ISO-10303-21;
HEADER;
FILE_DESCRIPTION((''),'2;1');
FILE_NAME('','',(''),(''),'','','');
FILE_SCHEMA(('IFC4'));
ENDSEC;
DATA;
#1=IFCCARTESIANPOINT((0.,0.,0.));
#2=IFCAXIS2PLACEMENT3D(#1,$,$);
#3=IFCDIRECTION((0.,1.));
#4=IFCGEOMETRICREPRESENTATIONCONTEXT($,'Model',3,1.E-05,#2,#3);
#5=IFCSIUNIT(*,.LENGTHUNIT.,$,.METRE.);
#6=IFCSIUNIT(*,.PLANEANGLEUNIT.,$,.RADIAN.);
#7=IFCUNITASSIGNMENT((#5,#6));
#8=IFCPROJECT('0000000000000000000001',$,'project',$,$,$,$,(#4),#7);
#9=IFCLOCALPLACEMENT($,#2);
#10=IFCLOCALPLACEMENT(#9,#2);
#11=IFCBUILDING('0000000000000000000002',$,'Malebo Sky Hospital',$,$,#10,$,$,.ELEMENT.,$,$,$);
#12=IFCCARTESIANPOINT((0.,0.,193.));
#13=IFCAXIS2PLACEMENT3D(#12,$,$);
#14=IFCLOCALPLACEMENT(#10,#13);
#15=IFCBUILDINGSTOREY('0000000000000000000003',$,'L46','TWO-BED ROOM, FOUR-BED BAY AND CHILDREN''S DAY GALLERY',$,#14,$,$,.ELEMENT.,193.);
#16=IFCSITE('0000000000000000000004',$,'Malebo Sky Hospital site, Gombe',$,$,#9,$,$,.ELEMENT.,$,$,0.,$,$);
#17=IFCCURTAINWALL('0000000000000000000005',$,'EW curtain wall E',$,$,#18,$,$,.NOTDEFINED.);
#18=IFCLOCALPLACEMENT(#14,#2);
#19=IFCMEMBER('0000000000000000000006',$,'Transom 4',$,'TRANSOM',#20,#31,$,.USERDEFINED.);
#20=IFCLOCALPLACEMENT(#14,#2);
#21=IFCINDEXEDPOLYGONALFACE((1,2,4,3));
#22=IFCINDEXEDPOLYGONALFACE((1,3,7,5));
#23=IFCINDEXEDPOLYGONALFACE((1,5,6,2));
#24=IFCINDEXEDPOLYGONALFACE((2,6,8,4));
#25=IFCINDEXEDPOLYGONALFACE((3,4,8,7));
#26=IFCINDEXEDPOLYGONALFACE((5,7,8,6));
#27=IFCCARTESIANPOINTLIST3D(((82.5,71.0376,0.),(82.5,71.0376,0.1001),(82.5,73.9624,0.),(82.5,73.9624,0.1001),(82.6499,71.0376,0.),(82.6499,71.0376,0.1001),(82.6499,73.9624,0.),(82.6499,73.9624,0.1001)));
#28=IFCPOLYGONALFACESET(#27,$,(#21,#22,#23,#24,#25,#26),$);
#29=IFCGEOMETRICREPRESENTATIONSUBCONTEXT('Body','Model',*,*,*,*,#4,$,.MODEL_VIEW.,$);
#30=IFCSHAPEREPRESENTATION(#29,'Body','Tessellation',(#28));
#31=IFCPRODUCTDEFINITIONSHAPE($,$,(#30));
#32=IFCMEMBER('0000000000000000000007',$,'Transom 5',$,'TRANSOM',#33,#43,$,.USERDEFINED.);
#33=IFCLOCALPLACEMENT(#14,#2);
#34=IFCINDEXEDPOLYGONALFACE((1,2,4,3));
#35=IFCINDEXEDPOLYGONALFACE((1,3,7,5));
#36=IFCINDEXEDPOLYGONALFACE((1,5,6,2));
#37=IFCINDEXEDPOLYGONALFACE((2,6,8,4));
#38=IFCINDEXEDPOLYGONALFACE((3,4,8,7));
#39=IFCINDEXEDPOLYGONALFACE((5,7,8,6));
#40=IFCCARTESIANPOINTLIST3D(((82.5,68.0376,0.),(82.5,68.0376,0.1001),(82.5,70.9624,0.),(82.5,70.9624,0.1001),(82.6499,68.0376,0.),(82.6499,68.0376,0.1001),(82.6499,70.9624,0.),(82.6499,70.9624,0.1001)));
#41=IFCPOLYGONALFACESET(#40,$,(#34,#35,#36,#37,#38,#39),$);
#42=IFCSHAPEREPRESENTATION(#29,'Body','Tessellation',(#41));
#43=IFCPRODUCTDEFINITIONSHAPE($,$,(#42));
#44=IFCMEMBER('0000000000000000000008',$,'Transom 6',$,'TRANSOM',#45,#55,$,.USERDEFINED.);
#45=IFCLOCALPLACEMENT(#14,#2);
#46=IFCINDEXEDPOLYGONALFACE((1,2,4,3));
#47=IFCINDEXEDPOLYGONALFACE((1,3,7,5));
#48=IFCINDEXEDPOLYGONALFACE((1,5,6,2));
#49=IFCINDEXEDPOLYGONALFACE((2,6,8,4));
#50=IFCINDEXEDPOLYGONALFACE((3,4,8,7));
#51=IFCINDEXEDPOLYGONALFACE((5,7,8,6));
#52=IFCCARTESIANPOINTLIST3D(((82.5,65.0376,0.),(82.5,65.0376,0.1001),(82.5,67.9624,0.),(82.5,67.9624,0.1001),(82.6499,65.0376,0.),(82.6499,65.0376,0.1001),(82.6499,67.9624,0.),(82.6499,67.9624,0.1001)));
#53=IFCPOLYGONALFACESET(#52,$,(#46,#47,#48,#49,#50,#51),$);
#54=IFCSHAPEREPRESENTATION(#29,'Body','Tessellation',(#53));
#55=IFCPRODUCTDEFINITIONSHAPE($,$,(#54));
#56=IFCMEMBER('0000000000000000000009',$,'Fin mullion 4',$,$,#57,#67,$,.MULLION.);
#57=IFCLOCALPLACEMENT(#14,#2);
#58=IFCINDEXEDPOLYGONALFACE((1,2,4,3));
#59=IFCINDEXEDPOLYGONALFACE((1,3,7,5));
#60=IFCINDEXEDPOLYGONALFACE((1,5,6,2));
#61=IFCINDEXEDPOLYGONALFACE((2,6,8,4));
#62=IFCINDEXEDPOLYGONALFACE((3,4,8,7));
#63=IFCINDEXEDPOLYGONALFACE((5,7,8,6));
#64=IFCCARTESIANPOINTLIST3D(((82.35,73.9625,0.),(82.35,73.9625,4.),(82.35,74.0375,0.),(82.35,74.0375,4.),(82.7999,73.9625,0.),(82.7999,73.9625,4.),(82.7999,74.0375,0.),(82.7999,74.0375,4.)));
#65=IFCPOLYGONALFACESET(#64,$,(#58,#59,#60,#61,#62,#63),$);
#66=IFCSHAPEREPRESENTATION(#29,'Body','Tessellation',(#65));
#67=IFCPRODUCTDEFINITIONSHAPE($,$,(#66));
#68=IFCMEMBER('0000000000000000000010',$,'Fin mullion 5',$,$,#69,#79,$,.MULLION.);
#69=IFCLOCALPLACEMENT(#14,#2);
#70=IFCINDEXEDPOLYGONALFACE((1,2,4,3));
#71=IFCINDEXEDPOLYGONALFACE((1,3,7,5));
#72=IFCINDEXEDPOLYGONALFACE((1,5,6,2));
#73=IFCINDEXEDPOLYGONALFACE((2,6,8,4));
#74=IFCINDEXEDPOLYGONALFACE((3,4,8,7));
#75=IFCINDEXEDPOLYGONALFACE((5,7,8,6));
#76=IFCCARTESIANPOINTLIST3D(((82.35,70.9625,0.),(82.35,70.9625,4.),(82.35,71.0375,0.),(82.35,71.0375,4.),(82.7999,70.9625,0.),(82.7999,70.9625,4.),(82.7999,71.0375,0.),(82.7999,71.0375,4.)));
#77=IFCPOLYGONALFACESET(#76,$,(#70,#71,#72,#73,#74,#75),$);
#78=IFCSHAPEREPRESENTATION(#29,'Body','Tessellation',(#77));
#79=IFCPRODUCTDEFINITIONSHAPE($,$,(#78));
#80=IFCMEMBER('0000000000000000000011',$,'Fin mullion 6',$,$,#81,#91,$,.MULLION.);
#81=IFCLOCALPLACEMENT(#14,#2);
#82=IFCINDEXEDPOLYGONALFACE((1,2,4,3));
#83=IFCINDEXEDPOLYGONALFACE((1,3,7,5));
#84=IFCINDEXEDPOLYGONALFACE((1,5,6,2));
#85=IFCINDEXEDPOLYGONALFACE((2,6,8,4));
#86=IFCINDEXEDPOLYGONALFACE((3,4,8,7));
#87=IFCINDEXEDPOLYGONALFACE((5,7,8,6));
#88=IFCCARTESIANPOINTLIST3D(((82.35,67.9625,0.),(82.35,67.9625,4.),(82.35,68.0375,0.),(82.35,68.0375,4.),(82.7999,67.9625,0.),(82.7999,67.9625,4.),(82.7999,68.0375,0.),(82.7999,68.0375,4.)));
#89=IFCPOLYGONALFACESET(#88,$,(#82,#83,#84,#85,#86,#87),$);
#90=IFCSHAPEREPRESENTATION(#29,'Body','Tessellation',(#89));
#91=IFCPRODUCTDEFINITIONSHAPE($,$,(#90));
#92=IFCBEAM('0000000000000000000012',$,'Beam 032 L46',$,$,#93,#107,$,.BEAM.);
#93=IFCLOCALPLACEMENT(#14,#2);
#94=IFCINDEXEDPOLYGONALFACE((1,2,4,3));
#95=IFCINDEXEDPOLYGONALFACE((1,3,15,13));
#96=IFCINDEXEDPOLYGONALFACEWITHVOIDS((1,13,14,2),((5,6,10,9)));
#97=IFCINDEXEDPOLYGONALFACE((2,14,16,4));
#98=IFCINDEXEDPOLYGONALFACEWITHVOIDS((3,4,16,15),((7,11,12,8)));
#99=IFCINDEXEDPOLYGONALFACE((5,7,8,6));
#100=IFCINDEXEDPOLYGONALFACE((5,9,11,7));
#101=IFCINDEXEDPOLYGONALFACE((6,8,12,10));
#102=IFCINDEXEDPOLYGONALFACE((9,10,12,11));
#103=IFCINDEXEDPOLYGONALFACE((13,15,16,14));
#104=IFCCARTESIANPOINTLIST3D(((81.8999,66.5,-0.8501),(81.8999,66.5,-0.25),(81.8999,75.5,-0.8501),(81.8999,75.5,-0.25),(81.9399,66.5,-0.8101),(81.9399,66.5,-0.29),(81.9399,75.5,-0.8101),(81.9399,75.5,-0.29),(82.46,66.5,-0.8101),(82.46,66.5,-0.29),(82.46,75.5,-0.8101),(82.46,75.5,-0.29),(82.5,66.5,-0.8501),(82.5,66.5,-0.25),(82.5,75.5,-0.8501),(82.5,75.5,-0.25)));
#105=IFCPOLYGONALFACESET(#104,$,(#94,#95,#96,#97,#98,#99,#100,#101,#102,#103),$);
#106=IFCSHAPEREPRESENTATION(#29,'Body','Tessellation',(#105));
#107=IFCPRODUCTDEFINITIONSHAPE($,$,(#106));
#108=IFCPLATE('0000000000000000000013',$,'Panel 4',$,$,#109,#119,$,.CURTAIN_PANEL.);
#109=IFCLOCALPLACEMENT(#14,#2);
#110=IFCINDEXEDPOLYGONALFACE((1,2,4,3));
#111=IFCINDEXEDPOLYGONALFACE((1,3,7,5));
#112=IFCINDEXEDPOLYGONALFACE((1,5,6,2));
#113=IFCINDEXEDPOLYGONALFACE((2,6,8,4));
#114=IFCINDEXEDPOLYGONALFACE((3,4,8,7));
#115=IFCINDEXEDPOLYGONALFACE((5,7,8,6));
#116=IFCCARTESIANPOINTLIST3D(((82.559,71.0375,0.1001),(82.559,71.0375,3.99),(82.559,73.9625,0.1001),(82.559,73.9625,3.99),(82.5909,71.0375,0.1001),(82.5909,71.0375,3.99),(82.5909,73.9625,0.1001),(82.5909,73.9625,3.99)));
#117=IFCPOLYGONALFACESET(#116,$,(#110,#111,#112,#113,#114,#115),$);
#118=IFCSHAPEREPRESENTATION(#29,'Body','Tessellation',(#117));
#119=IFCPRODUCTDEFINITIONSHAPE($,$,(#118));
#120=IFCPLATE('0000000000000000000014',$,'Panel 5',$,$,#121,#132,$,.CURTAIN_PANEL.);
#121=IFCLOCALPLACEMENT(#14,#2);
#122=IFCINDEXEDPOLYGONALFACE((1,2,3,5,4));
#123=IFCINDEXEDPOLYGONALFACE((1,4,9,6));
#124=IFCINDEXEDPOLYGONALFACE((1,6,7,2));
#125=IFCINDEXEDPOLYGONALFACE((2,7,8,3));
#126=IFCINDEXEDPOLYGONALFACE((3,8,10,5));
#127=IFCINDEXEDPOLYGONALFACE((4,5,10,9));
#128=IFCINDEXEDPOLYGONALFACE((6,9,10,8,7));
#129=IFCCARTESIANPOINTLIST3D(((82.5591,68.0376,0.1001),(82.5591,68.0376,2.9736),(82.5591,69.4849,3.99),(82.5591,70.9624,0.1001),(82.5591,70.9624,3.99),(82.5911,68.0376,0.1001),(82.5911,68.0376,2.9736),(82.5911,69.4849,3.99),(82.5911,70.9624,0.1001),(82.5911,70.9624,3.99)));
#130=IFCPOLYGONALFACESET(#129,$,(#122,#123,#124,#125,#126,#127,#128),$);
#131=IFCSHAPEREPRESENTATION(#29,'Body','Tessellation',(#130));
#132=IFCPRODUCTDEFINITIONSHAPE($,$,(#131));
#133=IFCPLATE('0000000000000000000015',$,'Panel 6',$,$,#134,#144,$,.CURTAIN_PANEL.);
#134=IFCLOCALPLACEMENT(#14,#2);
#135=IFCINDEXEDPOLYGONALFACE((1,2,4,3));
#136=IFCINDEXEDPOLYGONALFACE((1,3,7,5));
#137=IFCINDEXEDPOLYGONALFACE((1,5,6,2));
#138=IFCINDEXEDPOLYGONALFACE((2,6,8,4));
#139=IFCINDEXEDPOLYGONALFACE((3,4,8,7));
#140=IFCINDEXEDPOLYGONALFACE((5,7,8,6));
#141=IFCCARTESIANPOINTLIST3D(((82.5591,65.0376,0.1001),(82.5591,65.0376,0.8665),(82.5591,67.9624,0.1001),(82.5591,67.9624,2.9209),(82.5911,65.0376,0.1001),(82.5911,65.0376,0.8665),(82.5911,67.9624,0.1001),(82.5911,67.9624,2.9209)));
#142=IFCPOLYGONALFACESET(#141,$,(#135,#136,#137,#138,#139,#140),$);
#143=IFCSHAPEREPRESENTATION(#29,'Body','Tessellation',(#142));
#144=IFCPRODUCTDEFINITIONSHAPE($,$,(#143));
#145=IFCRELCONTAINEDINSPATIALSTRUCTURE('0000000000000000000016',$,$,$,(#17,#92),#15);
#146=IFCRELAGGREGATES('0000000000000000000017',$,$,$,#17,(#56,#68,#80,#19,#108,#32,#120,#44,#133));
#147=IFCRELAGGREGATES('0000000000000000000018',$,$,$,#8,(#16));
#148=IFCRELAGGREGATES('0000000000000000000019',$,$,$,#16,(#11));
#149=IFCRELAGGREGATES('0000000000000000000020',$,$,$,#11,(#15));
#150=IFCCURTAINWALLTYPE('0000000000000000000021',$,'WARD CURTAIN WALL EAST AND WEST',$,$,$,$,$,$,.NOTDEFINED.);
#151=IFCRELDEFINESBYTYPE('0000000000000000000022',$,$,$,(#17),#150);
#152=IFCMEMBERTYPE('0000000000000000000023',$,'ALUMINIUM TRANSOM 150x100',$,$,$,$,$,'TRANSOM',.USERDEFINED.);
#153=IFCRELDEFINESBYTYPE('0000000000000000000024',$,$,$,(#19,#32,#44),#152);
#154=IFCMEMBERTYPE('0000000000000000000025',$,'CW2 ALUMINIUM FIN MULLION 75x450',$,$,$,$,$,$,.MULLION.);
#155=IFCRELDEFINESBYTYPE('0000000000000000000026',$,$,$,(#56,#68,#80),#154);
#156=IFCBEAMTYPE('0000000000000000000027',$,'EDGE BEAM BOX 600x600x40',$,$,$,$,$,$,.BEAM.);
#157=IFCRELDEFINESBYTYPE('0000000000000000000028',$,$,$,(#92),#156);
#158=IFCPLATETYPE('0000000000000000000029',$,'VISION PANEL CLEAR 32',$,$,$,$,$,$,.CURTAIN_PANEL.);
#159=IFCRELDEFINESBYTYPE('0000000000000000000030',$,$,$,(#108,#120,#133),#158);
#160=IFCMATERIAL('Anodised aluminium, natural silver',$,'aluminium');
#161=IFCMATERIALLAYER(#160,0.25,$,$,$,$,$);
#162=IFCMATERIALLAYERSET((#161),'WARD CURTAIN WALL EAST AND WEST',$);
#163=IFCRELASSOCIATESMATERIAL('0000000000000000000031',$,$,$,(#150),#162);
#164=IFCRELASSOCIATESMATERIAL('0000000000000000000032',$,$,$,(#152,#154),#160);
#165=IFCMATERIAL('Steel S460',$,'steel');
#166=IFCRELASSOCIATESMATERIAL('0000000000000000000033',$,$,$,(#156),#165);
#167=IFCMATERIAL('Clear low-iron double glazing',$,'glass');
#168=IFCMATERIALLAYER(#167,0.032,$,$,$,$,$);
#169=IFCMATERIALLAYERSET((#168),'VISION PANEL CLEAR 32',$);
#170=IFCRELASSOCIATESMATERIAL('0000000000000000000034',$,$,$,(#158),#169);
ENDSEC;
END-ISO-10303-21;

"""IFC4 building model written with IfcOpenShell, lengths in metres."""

from ifc_helpers import new_model, si_unit, direction, frame, origin, origin_2d, place, context, subcontext, project, spatial, polyline, rectangle, hollow_rectangle, outline, extrude, material, layer, layer_set, material_profile, profile_set, type_object, element, aggregate, save


model = new_model("IFC4")

# Units and contexts
model_context = context("Model", 3, precision=1e-05, world=origin(), true_north=direction((0.0, 1.0)))
body_context = subcontext(model_context, "Body", "Model", "MODEL_VIEW")
ifc_project = project(units=[si_unit("LENGTHUNIT", "METRE"), si_unit("PLANEANGLEUNIT", "RADIAN")], contexts=[model_context])

# Site, building, storey
site_placement = place(None, origin())
site = spatial("IfcSite", under=ifc_project, at=site_placement, Name="Malebo Sky Hospital site, Gombe", CompositionType="ELEMENT", RefElevation=0.0)
building_placement = place(site_placement, origin())
building = spatial("IfcBuilding", under=site, at=building_placement, Name="Malebo Sky Hospital", CompositionType="ELEMENT")
storey_placement = place(building_placement, frame((0.0, 0.0, 193.0)))
storey = spatial("IfcBuildingStorey", under=building, at=storey_placement, Name="L46", Description="TWO-BED ROOM, FOUR-BED BAY AND CHILDREN'S DAY GALLERY", CompositionType="ELEMENT", Elevation=193.0)

# Curtain wall, members
ifc_material_1 = material(Name="Anodised aluminium, natural silver", Category="aluminium")
ifc_layer_1 = layer(ifc_material_1, 0.25)
ifc_layer_set_1 = layer_set([ifc_layer_1], Name="WARD CURTAIN WALL EAST AND WEST")
curtain_wall_type = type_object("IfcCurtainWallType", Name="WARD CURTAIN WALL EAST AND WEST", PredefinedType="NOTDEFINED", material=ifc_layer_set_1)
curtain_wall_placement = place(storey_placement, origin())
curtain_wall = element("IfcCurtainWall", 1, at=curtain_wall_placement, inside=storey, type_object=curtain_wall_type, Name="EW curtain wall E", PredefinedType="NOTDEFINED")
ifc_material_profile_1 = material_profile(ifc_material_1, rectangle(XDim=0.1499, YDim=0.1001, at=origin_2d()), Name="ALUMINIUM TRANSOM 150x100")
ifc_profile_set_1 = profile_set([ifc_material_profile_1], Name="Anodised aluminium, natural silver")
member_type_1 = type_object("IfcMemberType", Name="ALUMINIUM TRANSOM 150x100", ElementType="TRANSOM", PredefinedType="USERDEFINED", material=ifc_profile_set_1)
member_1_placement = place(storey_placement, frame((82.575, 73.9624, 0.05), z_axis=(0.0, -1.0, 0.0), x_axis=(1.0, 0.0, 0.0)))
member_1 = element("IfcMember", 2, at=member_1_placement, type_object=member_type_1, Name="Transom 4", ObjectType="TRANSOM", PredefinedType="USERDEFINED", context=body_context, shape_type="SweptSolid", body=[
    extrude(rectangle(XDim=0.1499, YDim=0.1001, at=origin_2d()), origin(), (0.0, 0.0, 1.0), 2.9248),
])
member_2_placement = place(storey_placement, frame((82.575, 70.9624, 0.05), z_axis=(0.0, -1.0, 0.0), x_axis=(1.0, 0.0, 0.0)))
member_2 = element("IfcMember", 3, at=member_2_placement, type_object=member_type_1, Name="Transom 5", ObjectType="TRANSOM", PredefinedType="USERDEFINED", context=body_context, shape_type="SweptSolid", body=[
    extrude(rectangle(XDim=0.1499, YDim=0.1001, at=origin_2d()), origin(), (0.0, 0.0, 1.0), 2.9248),
])
member_3_placement = place(storey_placement, frame((82.575, 67.9624, 0.05), z_axis=(0.0, -1.0, 0.0), x_axis=(1.0, 0.0, 0.0)))
member_3 = element("IfcMember", 4, at=member_3_placement, type_object=member_type_1, Name="Transom 6", ObjectType="TRANSOM", PredefinedType="USERDEFINED", context=body_context, shape_type="SweptSolid", body=[
    extrude(rectangle(XDim=0.1499, YDim=0.1001, at=origin_2d()), origin(), (0.0, 0.0, 1.0), 2.9248),
])
ifc_material_profile_2 = material_profile(ifc_material_1, rectangle(XDim=0.075, YDim=0.45, at=origin_2d()), Name="CW2 ALUMINIUM FIN MULLION 75x450")
ifc_profile_set_2 = profile_set([ifc_material_profile_2], Name="Anodised aluminium, natural silver")
member_type_2 = type_object("IfcMemberType", Name="CW2 ALUMINIUM FIN MULLION 75x450", PredefinedType="MULLION", material=ifc_profile_set_2)
member_4_placement = place(storey_placement, frame((82.575, 74.0, 0.0), z_axis=(0.0, 0.0, 1.0), x_axis=(0.0, -1.0, 0.0)))
member_4 = element("IfcMember", 5, at=member_4_placement, type_object=member_type_2, Name="Fin mullion 4", PredefinedType="MULLION", context=body_context, shape_type="SweptSolid", body=[
    extrude(rectangle(XDim=0.075, YDim=0.45, at=origin_2d()), origin(), (0.0, 0.0, 1.0), 4.0),
])
member_5_placement = place(storey_placement, frame((82.575, 71.0, 0.0), z_axis=(0.0, 0.0, 1.0), x_axis=(0.0, -1.0, 0.0)))
member_5 = element("IfcMember", 6, at=member_5_placement, type_object=member_type_2, Name="Fin mullion 5", PredefinedType="MULLION", context=body_context, shape_type="SweptSolid", body=[
    extrude(rectangle(XDim=0.075, YDim=0.45, at=origin_2d()), origin(), (0.0, 0.0, 1.0), 4.0),
])
member_6_placement = place(storey_placement, frame((82.575, 68.0, 0.0), z_axis=(0.0, 0.0, 1.0), x_axis=(0.0, -1.0, 0.0)))
member_6 = element("IfcMember", 7, at=member_6_placement, type_object=member_type_2, Name="Fin mullion 6", PredefinedType="MULLION", context=body_context, shape_type="SweptSolid", body=[
    extrude(rectangle(XDim=0.075, YDim=0.45, at=origin_2d()), origin(), (0.0, 0.0, 1.0), 4.0),
])

# Beam
ifc_material_2 = material(Name="Steel S460", Category="steel")
ifc_material_profile_3 = material_profile(ifc_material_2, hollow_rectangle(XDim=0.6001, YDim=0.6001, WallThickness=0.04, at=origin_2d()), Name="BOX 600x600x40")
ifc_profile_set_3 = profile_set([ifc_material_profile_3], Name="Steel S460")
beam_type = type_object("IfcBeamType", Name="EDGE BEAM BOX 600x600x40", PredefinedType="BEAM", material=ifc_profile_set_3)
beam_placement = place(storey_placement, frame((82.2, 66.5, -0.55), z_axis=(0.0, 1.0, 0.0), x_axis=(-1.0, 0.0, 0.0)))
element("IfcBeam", 8, at=beam_placement, inside=storey, type_object=beam_type, Name="Beam 032 L46", PredefinedType="BEAM", context=body_context, shape_type="SweptSolid", body=[
    extrude(hollow_rectangle(XDim=0.6001, YDim=0.6001, WallThickness=0.04, at=origin_2d()), origin(), (0.0, 0.0, 1.0), 9.0),
])

# Plates
ifc_material_3 = material(Name="Clear low-iron double glazing", Category="glass")
ifc_layer_2 = layer(ifc_material_3, 0.032)
ifc_layer_set_2 = layer_set([ifc_layer_2], Name="VISION PANEL CLEAR 32")
plate_type = type_object("IfcPlateType", Name="VISION PANEL CLEAR 32", PredefinedType="CURTAIN_PANEL", material=ifc_layer_set_2)
plate_1_placement = place(storey_placement, frame((82.575, 72.5, 0.1001), z_axis=(0.0, 0.0, 1.0), x_axis=(0.0, -1.0, 0.0)))
plate_1 = element("IfcPlate", 9, at=plate_1_placement, type_object=plate_type, Name="Panel 4", PredefinedType="CURTAIN_PANEL", context=body_context, shape_type="SweptSolid", body=[
    extrude(rectangle(XDim=2.925, YDim=0.032, at=origin_2d()), origin(), (0.0, 0.0, 1.0), 3.8899),
])
plate_2_placement = place(storey_placement, frame((82.575, 69.5, 0.1001), z_axis=(0.0, 0.0, 1.0), x_axis=(0.0, -1.0, 0.0)))
plate_2 = element("IfcPlate", 10, at=plate_2_placement, type_object=plate_type, Name="Panel 5", PredefinedType="CURTAIN_PANEL", context=body_context, shape_type="SweptSolid", body=[
    extrude(outline(polyline([(-1.4624, 0.0), (1.4624, 0.0), (1.4624, 2.8735), (0.0151, 3.8899), (-1.4624, 3.8899), (-1.4624, 0.0)])), frame((0.0, 0.0161, 0.0), z_axis=(0.0, -1.0, 0.0), x_axis=(1.0, 0.0, 0.0)), (0.0, 0.0, 1.0), 0.032),
])
plate_3_placement = place(storey_placement, frame((82.575, 66.5, 0.1001), z_axis=(0.0, 0.0, 1.0), x_axis=(0.0, -1.0, 0.0)))
plate_3 = element("IfcPlate", 11, at=plate_3_placement, type_object=plate_type, Name="Panel 6", PredefinedType="CURTAIN_PANEL", context=body_context, shape_type="SweptSolid", body=[
    extrude(outline(polyline([(-1.4624, 0.0), (1.4624, 0.0), (1.4624, 0.7664), (-1.4624, 2.8208), (-1.4624, 0.0)])), frame((0.0, 0.0161, 0.0), z_axis=(0.0, -1.0, 0.0), x_axis=(1.0, 0.0, 0.0)), (0.0, 0.0, 1.0), 0.032),
])
aggregate(curtain_wall, [member_4, member_5, member_6, member_1, plate_1, member_2, plate_2, member_3, plate_3])

save(model, "model.ifc")
